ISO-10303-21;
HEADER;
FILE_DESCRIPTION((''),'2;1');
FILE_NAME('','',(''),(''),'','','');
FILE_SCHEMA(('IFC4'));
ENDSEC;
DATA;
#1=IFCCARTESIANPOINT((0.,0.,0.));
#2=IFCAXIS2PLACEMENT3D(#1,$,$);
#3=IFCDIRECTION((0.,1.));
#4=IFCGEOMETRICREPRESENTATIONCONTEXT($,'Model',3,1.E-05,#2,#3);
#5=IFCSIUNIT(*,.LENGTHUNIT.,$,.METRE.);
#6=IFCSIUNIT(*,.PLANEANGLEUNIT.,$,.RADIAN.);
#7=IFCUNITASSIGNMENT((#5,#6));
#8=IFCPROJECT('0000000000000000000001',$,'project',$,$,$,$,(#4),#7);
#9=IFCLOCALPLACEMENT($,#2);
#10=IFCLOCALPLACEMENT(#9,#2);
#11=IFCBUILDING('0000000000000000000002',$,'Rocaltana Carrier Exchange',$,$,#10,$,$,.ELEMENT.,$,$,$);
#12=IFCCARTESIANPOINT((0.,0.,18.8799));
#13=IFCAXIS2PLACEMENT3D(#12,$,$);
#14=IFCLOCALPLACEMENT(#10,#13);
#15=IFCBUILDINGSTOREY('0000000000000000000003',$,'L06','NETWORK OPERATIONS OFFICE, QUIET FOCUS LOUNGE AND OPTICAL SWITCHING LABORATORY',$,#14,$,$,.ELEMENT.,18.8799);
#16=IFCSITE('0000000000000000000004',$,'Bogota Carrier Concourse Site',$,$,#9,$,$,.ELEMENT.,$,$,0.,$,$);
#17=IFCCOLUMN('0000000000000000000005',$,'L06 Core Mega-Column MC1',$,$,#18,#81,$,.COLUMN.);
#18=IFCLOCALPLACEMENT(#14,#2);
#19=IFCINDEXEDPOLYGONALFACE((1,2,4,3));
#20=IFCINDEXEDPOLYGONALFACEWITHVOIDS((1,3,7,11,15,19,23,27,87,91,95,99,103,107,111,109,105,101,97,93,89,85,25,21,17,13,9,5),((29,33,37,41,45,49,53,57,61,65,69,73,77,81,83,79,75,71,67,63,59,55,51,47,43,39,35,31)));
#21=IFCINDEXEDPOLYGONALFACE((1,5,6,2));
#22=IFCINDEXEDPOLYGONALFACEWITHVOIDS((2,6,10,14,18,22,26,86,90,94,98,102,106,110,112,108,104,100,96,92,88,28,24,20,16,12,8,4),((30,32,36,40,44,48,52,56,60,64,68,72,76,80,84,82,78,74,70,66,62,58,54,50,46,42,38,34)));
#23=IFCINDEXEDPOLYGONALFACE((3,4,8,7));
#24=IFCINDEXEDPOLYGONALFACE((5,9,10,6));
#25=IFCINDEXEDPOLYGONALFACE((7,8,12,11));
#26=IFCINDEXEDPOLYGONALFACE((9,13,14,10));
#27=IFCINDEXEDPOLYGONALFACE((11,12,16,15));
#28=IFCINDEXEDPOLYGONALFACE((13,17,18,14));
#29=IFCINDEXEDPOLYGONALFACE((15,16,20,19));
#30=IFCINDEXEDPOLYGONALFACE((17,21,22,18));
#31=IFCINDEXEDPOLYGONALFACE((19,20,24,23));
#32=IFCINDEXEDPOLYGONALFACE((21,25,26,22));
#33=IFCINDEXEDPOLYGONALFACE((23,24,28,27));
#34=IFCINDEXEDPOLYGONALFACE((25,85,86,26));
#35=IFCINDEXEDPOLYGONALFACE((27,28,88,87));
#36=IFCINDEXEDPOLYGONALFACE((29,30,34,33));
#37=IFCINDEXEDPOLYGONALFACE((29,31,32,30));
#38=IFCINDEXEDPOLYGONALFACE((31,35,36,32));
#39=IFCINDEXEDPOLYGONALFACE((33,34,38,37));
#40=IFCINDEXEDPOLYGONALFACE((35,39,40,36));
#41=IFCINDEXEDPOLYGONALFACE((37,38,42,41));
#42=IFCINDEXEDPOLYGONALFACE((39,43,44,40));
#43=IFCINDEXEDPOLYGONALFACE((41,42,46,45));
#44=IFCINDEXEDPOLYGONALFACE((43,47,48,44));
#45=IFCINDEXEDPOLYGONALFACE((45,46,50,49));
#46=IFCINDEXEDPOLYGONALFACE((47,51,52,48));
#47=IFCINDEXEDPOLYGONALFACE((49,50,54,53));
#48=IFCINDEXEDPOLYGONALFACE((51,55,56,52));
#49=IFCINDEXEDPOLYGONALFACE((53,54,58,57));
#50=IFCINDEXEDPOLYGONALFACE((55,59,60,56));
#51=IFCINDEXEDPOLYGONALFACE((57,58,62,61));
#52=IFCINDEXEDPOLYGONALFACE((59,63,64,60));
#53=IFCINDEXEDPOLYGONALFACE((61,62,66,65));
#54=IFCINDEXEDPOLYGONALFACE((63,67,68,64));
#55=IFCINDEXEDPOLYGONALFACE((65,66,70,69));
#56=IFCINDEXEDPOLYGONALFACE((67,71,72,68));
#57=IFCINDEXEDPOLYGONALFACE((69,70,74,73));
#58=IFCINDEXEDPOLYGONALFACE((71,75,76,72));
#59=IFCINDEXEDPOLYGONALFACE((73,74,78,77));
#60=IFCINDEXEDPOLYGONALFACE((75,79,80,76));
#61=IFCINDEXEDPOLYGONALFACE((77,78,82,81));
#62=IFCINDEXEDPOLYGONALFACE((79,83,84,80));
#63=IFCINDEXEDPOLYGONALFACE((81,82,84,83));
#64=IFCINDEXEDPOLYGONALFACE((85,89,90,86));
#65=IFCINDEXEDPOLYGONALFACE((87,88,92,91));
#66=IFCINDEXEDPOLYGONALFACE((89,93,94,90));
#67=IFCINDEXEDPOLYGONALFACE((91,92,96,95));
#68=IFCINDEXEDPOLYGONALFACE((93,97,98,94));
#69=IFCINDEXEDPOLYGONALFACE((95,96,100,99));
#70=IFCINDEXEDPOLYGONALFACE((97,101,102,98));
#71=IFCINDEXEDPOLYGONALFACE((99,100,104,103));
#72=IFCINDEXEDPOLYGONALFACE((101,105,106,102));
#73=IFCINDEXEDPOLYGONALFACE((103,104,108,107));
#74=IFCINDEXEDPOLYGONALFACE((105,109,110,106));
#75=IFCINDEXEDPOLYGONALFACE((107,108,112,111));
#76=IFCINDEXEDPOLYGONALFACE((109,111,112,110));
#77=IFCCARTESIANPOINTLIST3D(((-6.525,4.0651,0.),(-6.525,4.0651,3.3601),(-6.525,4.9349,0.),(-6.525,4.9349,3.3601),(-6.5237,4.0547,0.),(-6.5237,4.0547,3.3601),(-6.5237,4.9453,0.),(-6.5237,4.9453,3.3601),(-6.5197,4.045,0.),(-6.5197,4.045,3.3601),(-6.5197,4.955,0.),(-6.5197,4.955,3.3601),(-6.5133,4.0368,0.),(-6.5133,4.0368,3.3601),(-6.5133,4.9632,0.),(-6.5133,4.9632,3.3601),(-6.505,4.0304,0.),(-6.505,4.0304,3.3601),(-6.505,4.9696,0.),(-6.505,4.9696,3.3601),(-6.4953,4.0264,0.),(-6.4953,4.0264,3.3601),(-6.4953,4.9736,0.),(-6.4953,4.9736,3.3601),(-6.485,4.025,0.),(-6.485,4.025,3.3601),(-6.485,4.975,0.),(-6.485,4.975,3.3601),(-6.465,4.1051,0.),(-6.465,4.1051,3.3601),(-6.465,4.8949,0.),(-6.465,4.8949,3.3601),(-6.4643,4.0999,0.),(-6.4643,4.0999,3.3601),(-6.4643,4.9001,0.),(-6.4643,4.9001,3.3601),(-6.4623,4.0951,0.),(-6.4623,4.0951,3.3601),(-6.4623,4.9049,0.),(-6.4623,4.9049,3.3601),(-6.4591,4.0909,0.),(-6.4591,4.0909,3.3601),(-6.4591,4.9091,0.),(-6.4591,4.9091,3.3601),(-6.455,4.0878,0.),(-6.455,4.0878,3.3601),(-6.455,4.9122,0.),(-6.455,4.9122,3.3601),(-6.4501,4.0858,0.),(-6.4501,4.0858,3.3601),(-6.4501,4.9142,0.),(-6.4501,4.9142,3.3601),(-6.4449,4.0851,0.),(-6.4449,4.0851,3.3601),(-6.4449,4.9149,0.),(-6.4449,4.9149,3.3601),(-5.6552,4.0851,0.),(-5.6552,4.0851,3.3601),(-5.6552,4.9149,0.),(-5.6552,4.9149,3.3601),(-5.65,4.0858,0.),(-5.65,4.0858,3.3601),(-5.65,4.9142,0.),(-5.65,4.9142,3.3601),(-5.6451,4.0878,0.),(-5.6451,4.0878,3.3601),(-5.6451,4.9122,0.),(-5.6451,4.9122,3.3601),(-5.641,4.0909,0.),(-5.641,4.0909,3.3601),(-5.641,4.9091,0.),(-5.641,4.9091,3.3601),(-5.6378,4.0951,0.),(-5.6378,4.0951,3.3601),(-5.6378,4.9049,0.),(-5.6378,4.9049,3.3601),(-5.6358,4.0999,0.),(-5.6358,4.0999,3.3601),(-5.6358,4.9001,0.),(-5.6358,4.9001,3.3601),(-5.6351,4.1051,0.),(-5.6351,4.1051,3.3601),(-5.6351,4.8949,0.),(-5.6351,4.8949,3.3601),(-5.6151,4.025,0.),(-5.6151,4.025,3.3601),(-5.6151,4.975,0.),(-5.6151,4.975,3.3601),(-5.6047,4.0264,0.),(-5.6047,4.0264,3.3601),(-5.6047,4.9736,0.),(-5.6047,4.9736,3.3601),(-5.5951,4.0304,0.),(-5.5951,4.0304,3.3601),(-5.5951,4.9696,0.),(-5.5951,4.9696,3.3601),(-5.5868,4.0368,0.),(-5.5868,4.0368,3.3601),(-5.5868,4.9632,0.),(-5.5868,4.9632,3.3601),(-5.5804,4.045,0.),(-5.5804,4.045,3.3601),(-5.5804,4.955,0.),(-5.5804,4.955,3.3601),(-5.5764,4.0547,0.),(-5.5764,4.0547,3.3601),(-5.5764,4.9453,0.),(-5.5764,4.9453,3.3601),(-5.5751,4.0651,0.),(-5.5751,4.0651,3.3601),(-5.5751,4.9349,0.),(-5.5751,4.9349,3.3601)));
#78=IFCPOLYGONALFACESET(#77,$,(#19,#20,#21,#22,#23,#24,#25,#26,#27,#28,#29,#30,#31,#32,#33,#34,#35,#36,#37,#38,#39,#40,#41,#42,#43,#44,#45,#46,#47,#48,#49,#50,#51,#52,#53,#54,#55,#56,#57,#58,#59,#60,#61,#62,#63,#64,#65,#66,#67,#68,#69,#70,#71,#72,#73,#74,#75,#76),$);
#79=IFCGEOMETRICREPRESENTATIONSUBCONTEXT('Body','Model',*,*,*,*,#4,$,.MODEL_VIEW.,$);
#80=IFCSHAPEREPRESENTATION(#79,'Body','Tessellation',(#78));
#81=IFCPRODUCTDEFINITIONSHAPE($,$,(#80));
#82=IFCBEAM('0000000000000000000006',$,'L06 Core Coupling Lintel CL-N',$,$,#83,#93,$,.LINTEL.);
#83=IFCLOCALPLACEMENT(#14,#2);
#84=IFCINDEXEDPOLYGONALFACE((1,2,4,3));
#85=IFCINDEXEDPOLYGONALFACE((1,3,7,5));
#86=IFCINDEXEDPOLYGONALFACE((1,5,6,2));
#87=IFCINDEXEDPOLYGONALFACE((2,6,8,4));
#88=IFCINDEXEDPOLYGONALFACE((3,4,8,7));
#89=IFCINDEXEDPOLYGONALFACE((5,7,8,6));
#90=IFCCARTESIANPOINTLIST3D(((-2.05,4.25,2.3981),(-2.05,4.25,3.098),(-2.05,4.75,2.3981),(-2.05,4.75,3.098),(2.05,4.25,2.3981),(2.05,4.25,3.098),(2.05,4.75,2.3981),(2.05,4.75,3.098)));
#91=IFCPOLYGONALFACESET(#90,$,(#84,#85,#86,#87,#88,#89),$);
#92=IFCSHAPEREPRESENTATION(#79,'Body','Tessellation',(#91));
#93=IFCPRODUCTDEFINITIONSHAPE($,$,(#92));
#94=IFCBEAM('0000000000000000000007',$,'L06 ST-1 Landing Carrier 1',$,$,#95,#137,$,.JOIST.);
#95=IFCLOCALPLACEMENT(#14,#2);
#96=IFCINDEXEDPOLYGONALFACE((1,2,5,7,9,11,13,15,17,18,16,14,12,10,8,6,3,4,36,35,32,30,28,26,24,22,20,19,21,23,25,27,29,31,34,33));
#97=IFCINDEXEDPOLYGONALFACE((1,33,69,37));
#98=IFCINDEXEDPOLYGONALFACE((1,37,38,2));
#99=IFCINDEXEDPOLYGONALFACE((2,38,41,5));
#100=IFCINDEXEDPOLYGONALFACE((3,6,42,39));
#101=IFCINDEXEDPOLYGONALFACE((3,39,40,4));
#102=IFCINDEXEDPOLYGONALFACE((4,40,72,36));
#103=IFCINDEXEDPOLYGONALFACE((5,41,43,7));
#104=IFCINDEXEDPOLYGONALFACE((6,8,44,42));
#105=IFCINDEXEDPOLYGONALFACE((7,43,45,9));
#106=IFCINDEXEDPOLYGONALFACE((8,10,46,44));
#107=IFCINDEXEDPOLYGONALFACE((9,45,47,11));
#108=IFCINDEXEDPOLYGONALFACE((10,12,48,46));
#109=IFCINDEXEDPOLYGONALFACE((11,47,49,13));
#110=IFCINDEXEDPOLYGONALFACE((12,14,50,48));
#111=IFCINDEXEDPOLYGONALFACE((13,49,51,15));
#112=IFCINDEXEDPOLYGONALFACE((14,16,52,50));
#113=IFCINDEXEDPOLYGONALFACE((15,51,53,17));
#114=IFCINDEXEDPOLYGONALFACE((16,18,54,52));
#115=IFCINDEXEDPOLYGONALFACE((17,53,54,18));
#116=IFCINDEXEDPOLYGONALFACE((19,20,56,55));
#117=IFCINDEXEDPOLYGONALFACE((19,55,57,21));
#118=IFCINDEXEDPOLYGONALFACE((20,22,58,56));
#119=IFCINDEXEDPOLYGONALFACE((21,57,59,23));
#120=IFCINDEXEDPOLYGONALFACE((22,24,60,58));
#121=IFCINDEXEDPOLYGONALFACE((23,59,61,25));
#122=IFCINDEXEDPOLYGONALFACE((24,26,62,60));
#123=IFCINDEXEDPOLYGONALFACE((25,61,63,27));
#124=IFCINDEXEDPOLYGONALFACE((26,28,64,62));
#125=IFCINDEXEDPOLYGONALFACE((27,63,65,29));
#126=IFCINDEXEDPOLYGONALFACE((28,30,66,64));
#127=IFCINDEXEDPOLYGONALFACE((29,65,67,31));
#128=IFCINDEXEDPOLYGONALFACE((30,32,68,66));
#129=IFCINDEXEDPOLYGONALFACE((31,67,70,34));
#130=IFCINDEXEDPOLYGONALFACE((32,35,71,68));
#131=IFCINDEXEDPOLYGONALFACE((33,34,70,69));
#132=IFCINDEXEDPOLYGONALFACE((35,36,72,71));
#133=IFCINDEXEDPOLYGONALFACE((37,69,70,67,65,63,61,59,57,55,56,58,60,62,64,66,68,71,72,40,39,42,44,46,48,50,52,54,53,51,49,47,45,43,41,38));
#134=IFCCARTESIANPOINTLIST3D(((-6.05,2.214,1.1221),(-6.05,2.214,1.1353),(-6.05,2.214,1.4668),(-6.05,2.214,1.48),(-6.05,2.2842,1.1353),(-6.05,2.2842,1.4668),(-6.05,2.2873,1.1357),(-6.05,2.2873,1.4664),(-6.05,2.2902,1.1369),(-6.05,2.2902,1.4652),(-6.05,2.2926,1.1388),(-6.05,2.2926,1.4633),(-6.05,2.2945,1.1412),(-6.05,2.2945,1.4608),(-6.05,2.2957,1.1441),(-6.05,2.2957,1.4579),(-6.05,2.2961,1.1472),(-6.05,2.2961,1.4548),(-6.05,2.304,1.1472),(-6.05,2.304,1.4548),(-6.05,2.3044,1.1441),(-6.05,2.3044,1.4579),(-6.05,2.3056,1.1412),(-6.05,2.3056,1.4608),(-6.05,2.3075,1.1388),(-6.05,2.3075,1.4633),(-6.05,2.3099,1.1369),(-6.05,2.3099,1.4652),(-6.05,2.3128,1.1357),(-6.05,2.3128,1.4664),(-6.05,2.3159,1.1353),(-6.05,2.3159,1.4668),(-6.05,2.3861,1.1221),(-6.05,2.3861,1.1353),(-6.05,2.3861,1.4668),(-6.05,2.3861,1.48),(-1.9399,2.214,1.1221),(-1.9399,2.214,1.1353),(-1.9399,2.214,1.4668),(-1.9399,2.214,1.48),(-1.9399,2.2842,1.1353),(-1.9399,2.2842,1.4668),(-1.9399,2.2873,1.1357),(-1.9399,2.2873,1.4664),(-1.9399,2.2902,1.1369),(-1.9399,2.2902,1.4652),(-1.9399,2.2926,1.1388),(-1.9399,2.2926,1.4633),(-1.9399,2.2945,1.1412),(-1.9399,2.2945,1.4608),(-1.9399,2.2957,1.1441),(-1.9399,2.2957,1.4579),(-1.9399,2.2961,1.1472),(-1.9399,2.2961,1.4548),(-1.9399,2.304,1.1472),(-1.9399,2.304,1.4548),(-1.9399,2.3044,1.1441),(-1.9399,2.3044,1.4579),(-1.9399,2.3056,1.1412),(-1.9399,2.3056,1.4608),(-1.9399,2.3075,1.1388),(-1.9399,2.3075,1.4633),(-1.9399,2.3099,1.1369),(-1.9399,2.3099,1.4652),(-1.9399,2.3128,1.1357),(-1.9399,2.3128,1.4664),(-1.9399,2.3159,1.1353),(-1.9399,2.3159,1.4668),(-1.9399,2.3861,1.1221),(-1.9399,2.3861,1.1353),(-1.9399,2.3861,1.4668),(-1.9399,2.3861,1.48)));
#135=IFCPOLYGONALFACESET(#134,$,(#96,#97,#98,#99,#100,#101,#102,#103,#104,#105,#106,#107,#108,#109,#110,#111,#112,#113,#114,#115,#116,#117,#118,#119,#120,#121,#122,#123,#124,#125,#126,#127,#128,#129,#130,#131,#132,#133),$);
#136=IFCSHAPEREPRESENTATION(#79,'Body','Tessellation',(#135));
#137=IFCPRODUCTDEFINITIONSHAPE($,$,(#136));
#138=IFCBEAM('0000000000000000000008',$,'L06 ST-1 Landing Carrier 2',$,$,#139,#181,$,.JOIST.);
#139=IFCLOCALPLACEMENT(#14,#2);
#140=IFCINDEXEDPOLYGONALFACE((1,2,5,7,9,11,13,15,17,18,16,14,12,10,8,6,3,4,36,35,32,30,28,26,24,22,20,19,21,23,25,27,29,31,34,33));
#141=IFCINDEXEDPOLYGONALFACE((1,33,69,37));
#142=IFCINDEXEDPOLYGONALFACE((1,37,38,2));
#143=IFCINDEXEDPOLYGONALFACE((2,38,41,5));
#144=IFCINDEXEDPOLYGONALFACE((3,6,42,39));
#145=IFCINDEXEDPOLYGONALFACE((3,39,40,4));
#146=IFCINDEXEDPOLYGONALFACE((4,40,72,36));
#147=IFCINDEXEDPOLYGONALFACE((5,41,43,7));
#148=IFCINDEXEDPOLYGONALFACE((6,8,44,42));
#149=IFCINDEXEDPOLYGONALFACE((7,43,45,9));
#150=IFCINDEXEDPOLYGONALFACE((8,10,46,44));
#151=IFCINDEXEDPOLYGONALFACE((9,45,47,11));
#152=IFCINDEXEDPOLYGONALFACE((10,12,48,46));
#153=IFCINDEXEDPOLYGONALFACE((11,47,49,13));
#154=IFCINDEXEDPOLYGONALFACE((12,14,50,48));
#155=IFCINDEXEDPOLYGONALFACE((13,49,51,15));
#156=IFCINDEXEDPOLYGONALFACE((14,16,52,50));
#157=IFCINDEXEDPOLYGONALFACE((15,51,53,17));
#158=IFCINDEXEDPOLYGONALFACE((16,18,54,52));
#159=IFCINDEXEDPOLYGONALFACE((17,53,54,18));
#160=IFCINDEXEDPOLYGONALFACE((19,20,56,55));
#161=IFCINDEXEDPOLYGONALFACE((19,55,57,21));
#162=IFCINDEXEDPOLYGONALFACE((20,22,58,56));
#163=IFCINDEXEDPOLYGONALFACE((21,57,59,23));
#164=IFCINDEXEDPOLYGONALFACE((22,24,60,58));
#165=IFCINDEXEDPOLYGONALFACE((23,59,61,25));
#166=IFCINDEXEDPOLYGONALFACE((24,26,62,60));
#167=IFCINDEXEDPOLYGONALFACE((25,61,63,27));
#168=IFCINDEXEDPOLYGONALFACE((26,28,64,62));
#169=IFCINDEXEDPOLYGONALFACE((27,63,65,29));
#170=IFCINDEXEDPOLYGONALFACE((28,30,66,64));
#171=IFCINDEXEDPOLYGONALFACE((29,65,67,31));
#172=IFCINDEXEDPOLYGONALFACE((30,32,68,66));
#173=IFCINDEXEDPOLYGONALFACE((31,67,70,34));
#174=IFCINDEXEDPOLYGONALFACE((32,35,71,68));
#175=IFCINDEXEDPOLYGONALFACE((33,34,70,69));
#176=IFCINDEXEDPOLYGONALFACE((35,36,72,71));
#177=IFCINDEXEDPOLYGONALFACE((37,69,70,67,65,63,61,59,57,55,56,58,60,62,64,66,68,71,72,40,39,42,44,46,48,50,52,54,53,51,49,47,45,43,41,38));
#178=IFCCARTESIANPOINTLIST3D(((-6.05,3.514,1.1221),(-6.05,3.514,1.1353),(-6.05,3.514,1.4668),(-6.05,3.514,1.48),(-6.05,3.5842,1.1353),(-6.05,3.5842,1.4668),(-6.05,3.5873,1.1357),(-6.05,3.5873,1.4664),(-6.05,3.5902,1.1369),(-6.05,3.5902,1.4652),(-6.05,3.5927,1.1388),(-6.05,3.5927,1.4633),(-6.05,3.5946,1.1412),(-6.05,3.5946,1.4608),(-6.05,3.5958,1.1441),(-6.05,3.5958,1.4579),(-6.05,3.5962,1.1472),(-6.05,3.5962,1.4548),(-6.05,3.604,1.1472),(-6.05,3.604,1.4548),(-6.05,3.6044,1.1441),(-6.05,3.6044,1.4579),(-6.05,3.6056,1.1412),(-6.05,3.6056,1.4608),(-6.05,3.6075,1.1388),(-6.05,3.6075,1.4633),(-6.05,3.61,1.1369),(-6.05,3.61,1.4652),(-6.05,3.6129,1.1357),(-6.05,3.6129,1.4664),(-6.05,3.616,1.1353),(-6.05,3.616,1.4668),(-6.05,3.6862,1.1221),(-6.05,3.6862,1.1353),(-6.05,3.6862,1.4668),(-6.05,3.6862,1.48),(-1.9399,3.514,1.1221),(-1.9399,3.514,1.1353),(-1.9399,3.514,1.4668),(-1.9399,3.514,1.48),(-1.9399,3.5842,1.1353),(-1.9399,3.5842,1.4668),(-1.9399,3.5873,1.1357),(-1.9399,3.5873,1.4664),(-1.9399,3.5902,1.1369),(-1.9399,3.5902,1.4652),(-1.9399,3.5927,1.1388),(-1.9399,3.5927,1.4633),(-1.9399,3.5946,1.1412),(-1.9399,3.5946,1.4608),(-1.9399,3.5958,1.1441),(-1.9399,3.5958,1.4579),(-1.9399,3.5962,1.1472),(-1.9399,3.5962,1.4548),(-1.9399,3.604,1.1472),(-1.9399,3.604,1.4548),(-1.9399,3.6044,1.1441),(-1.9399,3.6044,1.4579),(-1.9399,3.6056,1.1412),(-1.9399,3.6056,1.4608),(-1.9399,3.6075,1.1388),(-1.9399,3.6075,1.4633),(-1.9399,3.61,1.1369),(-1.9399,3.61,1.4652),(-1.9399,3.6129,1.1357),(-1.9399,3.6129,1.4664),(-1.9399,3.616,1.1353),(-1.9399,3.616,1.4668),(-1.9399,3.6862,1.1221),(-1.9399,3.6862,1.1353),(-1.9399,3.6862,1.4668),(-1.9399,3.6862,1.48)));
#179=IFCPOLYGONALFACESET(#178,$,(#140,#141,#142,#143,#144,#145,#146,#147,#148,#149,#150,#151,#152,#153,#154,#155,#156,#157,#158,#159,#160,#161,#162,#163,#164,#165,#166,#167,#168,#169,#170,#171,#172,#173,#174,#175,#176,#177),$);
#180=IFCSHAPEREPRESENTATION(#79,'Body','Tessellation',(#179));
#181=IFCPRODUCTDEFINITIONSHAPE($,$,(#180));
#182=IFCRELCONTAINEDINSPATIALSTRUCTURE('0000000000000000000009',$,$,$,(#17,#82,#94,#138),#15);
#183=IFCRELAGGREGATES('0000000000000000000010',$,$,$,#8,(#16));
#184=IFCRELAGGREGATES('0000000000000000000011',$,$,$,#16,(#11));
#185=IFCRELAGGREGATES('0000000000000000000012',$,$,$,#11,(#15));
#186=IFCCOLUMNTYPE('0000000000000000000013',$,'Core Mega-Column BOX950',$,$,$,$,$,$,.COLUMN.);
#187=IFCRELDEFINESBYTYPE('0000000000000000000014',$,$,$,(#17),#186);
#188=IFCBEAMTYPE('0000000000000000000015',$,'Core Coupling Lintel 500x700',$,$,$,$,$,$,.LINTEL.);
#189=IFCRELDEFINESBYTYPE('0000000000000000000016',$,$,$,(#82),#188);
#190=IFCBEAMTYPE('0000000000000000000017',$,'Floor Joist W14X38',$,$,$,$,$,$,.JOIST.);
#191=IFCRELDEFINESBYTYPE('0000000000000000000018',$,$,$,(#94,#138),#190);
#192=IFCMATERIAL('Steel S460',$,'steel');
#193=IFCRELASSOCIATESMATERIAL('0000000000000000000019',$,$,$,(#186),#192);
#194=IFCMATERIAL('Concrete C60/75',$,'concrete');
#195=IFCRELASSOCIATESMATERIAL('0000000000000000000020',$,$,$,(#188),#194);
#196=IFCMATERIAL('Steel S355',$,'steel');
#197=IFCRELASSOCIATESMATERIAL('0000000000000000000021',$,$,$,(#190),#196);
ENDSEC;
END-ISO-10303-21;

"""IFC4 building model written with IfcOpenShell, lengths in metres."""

from ifc_helpers import new_model, si_unit, direction, frame, origin, origin_2d, place, context, subcontext, project, spatial, rectangle, hollow_rectangle, i_section, extrude, material, material_profile, profile_set, type_object, element, save


model = new_model("IFC4")

# Units and contexts
model_context = context("Model", 3, precision=1e-05, world=origin(), true_north=direction((0.0, 1.0)))
body_context = subcontext(model_context, "Body", "Model", "MODEL_VIEW")
ifc_project = project(units=[si_unit("LENGTHUNIT", "METRE"), si_unit("PLANEANGLEUNIT", "RADIAN")], contexts=[model_context])

# Site, building, storey
site_placement = place(None, origin())
site = spatial("IfcSite", under=ifc_project, at=site_placement, Name="Bogota Carrier Concourse Site", CompositionType="ELEMENT", RefElevation=0.0)
building_placement = place(site_placement, origin())
building = spatial("IfcBuilding", under=site, at=building_placement, Name="Rocaltana Carrier Exchange", CompositionType="ELEMENT")
storey_placement = place(building_placement, frame((0.0, 0.0, 18.8799)))
storey = spatial("IfcBuildingStorey", under=building, at=storey_placement, Name="L06", Description="NETWORK OPERATIONS OFFICE, QUIET FOCUS LOUNGE AND OPTICAL SWITCHING LABORATORY", CompositionType="ELEMENT", Elevation=18.8799)

# Column
ifc_material_1 = material(Name="Steel S460", Category="steel")
ifc_material_profile_1 = material_profile(ifc_material_1, hollow_rectangle(XDim=0.95, YDim=0.95, WallThickness=0.0601, InnerFilletRadius=0.02, OuterFilletRadius=0.04, at=origin_2d()), Name="BOX950X950X60")
ifc_profile_set_1 = profile_set([ifc_material_profile_1], Name="Steel S460")
column_type = type_object("IfcColumnType", Name="Core Mega-Column BOX950", PredefinedType="COLUMN", material=ifc_profile_set_1)
column_placement = place(storey_placement, frame((-6.05, 4.5, 0.0), z_axis=(0.0, 0.0, 1.0), x_axis=(1.0, 0.0, 0.0)))
element("IfcColumn", 1, at=column_placement, inside=storey, type_object=column_type, Name="L06 Core Mega-Column MC1", PredefinedType="COLUMN", context=body_context, shape_type="SweptSolid", body=[
    extrude(hollow_rectangle(XDim=0.95, YDim=0.95, WallThickness=0.0601, InnerFilletRadius=0.02, OuterFilletRadius=0.04, at=origin_2d()), origin(), (0.0, 0.0, 1.0), 3.3601),
])

# Beams
ifc_material_2 = material(Name="Concrete C60/75", Category="concrete")
ifc_material_profile_2 = material_profile(ifc_material_2, rectangle(XDim=0.5, YDim=0.7, at=origin_2d()), Name="RC-BM-500X700")
ifc_profile_set_2 = profile_set([ifc_material_profile_2], Name="Concrete C60/75")
beam_type_1 = type_object("IfcBeamType", Name="Core Coupling Lintel 500x700", PredefinedType="LINTEL", material=ifc_profile_set_2)
beam_1_placement = place(storey_placement, frame((-2.05, 4.5, 2.748), z_axis=(1.0, 0.0, 0.0), x_axis=(0.0, 1.0, 0.0)))
element("IfcBeam", 2, at=beam_1_placement, inside=storey, type_object=beam_type_1, Name="L06 Core Coupling Lintel CL-N", PredefinedType="LINTEL", context=body_context, shape_type="SweptSolid", body=[
    extrude(rectangle(XDim=0.5, YDim=0.7, at=origin_2d()), origin(), (0.0, 0.0, 1.0), 4.1001),
])
ifc_material_3 = material(Name="Steel S355", Category="steel")
ifc_material_profile_3 = material_profile(ifc_material_3, i_section(OverallWidth=0.1721, OverallDepth=0.3579, WebThickness=0.0078, FlangeThickness=0.0132, FilletRadius=0.012, at=origin_2d()), Name="W14X38")
ifc_profile_set_3 = profile_set([ifc_material_profile_3], Name="Steel S355")
beam_type_2 = type_object("IfcBeamType", Name="Floor Joist W14X38", PredefinedType="JOIST", material=ifc_profile_set_3)
for number, where, z_axis, x_axis, name in (
    (3, (-6.05, 2.3, 1.301), (1.0, 0.0, 0.0), (0.0, 1.0, 0.0), "L06 ST-1 Landing Carrier 1"),
    (4, (-6.05, 3.6001, 1.301), (1.0, 0.0, 0.0), (0.0, 1.0, 0.0), "L06 ST-1 Landing Carrier 2"),
):
    element("IfcBeam", number, at=place(storey_placement, frame(where, z_axis=z_axis, x_axis=x_axis)), inside=storey, type_object=beam_type_2, Name=name, PredefinedType="JOIST", context=body_context, shape_type="SweptSolid", body=[
        extrude(i_section(OverallWidth=0.1721, OverallDepth=0.3579, WebThickness=0.0078, FlangeThickness=0.0132, FilletRadius=0.012, at=origin_2d()), origin(), (0.0, 0.0, 1.0), 4.1101),
    ])

save(model, "model.ifc")
